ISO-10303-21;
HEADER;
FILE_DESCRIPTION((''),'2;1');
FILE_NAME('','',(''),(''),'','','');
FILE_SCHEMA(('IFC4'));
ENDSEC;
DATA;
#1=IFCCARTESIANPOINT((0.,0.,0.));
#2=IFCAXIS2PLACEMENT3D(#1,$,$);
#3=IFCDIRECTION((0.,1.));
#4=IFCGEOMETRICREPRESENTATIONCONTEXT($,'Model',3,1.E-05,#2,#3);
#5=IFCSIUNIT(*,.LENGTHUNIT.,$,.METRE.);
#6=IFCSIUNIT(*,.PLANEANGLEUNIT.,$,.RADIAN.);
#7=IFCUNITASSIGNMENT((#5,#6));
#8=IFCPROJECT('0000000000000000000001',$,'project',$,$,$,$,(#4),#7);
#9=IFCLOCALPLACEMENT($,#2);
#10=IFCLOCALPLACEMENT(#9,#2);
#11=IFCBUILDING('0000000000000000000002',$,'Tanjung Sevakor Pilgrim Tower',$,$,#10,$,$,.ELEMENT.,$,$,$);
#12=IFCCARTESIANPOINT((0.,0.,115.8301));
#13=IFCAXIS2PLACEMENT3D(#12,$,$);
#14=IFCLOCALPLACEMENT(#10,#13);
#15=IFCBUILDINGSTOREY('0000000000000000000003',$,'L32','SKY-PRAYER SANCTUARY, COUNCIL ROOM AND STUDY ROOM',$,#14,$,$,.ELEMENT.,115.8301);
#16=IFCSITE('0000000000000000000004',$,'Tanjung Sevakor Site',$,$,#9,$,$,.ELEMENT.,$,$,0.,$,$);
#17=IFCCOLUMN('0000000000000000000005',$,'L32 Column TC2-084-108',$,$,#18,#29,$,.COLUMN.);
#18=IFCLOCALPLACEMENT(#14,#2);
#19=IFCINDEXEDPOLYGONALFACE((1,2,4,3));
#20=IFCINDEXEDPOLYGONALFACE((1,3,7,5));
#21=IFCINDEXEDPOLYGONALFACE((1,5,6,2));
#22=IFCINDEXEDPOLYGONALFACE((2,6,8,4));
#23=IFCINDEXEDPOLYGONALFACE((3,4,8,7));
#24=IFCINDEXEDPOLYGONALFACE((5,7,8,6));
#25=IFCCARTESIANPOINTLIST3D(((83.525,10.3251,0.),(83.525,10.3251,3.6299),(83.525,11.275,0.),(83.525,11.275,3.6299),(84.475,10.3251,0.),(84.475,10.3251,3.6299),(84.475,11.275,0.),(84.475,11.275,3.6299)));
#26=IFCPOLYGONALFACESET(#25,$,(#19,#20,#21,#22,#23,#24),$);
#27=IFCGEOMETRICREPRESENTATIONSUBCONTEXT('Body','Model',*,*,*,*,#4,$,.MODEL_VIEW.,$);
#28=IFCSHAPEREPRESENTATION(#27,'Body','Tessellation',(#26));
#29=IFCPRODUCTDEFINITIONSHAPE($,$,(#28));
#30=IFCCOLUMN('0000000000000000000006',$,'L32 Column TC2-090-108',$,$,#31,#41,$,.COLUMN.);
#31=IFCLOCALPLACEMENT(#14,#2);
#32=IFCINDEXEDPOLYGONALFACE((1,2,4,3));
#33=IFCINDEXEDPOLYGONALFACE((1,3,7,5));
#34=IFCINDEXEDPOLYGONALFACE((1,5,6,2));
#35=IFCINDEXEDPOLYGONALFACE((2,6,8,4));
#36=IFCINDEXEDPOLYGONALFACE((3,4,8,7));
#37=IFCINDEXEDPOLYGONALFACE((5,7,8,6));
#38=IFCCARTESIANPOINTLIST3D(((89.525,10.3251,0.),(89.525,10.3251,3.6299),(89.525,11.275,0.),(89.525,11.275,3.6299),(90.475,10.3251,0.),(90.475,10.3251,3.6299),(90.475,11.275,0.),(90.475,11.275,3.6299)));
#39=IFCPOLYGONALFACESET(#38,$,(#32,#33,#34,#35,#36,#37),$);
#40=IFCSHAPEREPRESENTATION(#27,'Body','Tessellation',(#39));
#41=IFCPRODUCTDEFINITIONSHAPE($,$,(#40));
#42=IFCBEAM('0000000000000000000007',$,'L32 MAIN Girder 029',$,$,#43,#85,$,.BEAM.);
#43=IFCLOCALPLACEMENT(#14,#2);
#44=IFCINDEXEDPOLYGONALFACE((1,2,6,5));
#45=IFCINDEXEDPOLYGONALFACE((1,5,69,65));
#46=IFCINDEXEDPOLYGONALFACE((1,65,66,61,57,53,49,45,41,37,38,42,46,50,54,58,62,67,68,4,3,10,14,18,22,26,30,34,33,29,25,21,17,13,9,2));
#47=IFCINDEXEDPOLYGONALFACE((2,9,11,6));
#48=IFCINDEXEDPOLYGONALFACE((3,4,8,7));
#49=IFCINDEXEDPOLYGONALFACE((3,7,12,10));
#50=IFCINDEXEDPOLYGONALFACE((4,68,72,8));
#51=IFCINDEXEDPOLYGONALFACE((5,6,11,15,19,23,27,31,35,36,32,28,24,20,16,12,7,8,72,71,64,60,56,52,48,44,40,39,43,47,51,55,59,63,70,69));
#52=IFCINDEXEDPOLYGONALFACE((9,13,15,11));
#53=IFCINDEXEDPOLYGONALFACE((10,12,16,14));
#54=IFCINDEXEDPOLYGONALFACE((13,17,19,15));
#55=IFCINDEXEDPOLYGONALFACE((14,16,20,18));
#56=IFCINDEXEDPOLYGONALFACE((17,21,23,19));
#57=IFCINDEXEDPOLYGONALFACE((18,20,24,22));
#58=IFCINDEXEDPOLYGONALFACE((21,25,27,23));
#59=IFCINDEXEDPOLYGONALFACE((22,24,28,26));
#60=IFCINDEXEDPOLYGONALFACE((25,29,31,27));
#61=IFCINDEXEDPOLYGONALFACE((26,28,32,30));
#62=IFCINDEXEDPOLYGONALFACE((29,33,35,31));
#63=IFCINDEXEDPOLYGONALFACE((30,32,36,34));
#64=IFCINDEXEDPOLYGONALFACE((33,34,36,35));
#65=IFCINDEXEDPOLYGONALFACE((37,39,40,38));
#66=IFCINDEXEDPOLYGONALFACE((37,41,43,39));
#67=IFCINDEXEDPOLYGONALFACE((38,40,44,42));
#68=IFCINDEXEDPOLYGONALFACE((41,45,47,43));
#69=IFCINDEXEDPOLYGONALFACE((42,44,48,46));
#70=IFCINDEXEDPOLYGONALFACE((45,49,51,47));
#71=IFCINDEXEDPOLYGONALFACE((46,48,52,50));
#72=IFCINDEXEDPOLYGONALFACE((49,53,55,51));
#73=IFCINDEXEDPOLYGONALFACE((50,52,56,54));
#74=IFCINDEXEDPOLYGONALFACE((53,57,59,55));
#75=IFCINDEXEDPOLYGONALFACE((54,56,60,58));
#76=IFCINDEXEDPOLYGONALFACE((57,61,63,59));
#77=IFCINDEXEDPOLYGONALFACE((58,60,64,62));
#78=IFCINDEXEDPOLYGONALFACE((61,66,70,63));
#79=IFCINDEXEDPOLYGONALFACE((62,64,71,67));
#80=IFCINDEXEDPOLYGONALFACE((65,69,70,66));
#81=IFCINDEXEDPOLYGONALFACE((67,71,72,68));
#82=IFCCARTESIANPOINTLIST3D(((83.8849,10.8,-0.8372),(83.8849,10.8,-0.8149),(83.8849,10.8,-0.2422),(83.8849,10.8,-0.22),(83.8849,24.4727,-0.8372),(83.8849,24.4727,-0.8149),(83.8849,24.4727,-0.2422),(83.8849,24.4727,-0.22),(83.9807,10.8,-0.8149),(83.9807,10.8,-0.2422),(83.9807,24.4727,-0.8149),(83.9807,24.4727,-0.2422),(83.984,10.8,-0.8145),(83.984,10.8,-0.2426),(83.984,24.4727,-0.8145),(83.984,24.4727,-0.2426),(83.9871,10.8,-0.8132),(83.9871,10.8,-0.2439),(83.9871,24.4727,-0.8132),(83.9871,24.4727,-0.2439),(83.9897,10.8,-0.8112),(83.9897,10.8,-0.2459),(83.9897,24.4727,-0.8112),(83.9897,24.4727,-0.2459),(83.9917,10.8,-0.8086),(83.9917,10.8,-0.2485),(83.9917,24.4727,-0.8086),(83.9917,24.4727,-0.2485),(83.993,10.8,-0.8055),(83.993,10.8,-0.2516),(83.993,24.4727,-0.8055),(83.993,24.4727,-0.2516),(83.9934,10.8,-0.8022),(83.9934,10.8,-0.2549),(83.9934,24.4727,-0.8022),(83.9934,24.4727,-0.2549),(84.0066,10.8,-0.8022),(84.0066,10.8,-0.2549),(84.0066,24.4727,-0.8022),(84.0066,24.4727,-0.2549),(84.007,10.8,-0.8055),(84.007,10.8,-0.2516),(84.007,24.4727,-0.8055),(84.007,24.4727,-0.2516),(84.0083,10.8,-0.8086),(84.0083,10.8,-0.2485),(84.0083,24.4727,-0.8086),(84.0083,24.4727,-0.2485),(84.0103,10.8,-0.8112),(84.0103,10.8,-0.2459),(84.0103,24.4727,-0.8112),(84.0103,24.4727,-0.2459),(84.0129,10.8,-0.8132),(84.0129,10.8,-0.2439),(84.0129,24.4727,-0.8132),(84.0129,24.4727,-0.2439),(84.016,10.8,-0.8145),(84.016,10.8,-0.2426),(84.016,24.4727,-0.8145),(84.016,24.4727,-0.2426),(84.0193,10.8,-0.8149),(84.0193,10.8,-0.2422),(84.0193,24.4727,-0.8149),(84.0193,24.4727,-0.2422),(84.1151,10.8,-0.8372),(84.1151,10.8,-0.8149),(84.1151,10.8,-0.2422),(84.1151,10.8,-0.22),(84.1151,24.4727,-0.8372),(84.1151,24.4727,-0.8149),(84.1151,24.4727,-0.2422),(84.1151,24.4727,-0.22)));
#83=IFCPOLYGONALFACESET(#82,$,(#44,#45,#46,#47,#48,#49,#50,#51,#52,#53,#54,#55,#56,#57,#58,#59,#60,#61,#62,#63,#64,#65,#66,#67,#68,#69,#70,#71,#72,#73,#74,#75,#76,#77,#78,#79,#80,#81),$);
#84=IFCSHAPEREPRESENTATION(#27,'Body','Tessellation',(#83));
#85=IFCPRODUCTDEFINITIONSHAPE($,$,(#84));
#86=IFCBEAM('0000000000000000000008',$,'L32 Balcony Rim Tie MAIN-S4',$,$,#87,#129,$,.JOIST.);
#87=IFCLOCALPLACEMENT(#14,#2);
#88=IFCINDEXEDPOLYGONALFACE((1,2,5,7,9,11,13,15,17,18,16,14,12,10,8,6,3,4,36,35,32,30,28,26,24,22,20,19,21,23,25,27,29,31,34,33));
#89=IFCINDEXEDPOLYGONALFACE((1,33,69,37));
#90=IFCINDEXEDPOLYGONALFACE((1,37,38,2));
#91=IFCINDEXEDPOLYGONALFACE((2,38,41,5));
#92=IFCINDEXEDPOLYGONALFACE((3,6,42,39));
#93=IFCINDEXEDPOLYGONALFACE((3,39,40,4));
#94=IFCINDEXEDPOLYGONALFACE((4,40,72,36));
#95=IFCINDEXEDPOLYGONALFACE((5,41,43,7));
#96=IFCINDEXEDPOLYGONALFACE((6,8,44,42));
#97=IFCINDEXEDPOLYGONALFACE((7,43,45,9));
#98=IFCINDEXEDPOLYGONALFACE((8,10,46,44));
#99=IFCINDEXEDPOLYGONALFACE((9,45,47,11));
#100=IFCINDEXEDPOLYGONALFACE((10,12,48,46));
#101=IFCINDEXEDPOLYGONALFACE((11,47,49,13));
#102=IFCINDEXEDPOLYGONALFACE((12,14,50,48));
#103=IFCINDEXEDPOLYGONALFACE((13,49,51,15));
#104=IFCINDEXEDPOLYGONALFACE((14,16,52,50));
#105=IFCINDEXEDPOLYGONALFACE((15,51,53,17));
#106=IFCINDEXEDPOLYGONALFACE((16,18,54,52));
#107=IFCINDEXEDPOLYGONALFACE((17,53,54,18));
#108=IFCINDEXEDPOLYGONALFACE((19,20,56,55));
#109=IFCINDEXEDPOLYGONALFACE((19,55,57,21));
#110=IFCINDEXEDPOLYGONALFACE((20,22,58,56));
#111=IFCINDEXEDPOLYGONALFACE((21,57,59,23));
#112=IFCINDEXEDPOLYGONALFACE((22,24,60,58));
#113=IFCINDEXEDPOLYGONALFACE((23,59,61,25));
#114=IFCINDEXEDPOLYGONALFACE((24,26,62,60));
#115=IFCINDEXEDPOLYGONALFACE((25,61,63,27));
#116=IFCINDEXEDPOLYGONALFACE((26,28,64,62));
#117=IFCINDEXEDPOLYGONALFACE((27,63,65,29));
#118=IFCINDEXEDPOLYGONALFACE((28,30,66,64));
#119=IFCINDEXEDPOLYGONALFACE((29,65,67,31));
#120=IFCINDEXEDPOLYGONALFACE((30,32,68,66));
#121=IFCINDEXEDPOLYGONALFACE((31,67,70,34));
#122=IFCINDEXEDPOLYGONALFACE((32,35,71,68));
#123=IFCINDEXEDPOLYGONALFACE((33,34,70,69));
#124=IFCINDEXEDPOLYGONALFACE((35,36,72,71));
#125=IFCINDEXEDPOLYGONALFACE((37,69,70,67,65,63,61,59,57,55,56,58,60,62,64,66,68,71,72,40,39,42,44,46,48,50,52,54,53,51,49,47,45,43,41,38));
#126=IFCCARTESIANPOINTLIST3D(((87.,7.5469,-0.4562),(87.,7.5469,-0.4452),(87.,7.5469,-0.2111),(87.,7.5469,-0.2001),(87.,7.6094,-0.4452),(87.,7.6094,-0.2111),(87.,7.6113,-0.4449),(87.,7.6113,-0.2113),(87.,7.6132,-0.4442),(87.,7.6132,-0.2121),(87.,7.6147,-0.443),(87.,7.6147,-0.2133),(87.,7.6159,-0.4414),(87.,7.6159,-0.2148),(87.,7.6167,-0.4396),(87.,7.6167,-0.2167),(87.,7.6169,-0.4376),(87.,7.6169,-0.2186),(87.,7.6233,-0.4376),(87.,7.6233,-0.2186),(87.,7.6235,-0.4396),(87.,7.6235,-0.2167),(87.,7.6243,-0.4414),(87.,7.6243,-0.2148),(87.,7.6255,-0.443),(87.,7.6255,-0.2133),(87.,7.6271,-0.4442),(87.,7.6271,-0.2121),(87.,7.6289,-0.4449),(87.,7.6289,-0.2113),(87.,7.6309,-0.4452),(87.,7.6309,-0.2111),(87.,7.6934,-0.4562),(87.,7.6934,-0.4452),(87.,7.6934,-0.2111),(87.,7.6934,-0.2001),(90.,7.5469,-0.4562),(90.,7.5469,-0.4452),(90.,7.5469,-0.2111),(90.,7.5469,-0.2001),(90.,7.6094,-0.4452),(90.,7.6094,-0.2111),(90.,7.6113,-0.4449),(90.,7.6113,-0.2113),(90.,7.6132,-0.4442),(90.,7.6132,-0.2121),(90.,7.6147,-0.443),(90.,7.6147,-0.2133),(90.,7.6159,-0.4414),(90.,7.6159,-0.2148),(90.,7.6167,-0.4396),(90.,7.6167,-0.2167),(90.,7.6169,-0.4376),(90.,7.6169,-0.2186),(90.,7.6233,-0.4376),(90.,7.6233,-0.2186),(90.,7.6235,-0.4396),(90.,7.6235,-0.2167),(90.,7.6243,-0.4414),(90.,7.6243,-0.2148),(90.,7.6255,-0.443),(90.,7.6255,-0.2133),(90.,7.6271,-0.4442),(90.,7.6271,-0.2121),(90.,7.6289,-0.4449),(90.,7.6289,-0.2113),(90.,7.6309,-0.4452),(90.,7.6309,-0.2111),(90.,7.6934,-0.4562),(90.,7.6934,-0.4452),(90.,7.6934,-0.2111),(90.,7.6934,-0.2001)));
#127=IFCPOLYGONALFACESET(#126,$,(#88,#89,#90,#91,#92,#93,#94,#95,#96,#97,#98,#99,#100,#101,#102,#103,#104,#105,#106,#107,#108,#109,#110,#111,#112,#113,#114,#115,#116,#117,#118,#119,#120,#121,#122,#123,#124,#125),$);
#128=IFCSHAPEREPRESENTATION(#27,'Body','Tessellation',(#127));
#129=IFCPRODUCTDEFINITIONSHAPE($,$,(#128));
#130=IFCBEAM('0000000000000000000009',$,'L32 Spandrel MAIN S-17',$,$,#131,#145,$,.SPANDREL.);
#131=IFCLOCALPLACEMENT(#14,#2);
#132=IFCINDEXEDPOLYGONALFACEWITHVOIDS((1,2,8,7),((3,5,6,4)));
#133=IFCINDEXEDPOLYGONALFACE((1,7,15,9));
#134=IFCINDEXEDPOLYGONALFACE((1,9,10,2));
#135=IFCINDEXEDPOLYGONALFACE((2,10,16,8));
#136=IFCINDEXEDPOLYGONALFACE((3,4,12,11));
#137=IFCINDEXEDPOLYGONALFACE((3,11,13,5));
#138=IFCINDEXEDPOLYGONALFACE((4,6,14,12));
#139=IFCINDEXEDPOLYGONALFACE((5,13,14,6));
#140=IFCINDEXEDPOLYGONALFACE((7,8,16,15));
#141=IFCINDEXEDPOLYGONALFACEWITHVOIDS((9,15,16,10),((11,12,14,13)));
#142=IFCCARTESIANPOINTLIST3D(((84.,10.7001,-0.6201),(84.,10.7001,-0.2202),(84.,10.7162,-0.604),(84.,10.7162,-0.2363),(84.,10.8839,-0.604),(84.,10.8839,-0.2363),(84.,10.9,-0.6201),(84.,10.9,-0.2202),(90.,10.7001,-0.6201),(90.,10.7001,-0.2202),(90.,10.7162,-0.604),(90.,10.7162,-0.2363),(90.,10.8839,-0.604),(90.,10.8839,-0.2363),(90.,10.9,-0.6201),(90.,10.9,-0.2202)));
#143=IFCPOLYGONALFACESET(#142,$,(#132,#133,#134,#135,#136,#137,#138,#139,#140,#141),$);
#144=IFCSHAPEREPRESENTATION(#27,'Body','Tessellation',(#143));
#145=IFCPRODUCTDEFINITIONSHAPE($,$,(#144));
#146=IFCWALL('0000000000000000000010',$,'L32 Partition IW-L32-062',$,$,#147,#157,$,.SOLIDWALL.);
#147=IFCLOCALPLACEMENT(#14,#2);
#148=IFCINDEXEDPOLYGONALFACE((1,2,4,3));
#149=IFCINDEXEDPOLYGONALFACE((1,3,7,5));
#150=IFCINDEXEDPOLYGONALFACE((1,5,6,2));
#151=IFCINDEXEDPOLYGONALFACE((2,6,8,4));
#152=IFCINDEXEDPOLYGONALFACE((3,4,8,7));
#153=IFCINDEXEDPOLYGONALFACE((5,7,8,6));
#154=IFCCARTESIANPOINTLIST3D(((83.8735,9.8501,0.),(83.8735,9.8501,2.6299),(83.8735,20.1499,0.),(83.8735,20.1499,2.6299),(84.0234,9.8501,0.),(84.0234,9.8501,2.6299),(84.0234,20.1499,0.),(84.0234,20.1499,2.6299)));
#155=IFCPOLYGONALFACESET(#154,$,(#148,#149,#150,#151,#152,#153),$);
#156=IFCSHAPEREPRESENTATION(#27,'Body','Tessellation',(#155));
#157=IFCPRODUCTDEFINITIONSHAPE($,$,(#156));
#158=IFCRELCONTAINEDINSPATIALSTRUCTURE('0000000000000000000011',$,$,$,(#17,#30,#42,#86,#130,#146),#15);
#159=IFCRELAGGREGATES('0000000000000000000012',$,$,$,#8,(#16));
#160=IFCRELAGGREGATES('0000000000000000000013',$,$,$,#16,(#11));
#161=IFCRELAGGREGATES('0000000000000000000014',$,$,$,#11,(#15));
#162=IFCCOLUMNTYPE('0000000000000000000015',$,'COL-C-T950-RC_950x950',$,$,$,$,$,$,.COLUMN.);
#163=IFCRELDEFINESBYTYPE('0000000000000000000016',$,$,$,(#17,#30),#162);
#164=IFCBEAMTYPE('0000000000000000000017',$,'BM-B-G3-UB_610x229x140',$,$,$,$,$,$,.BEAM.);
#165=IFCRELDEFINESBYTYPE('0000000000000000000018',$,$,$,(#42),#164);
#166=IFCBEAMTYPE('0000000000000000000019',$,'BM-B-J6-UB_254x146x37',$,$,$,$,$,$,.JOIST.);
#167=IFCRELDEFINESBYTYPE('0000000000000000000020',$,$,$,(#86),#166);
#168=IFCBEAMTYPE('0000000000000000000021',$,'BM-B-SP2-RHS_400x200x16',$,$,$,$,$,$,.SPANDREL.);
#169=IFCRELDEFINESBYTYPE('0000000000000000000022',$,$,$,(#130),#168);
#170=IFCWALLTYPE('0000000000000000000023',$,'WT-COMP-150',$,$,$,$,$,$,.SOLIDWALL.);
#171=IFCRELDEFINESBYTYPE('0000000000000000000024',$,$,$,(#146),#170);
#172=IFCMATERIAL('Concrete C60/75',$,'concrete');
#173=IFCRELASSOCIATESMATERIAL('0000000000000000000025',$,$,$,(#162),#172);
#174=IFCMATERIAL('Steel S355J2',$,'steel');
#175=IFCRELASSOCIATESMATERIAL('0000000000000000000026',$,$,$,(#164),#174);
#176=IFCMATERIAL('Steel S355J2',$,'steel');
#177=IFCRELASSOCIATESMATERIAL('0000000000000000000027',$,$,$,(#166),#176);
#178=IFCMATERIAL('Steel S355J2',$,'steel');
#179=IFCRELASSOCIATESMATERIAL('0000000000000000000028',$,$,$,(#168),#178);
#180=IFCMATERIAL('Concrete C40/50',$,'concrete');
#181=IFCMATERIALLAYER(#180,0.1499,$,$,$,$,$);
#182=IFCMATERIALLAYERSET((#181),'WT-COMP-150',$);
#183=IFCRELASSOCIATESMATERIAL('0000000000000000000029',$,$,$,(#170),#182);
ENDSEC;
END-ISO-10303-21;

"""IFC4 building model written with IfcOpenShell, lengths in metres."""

from ifc_helpers import new_model, si_unit, direction, frame, frame_2d, origin, origin_2d, place, context, subcontext, project, spatial, rectangle, hollow_rectangle, i_section, extrude, material, layer, layer_set, material_profile, profile_set, type_object, element, save


model = new_model("IFC4")

# Units and contexts
model_context = context("Model", 3, precision=1e-05, world=origin(), true_north=direction((0.0, 1.0)))
body_context = subcontext(model_context, "Body", "Model", "MODEL_VIEW")
ifc_project = project(units=[si_unit("LENGTHUNIT", "METRE"), si_unit("PLANEANGLEUNIT", "RADIAN")], contexts=[model_context])

# Site, building, storey
site_placement = place(None, origin())
site = spatial("IfcSite", under=ifc_project, at=site_placement, Name="Tanjung Sevakor Site", CompositionType="ELEMENT", RefElevation=0.0)
building_placement = place(site_placement, origin())
building = spatial("IfcBuilding", under=site, at=building_placement, Name="Tanjung Sevakor Pilgrim Tower", CompositionType="ELEMENT")
storey_placement = place(building_placement, frame((0.0, 0.0, 115.8301)))
storey = spatial("IfcBuildingStorey", under=building, at=storey_placement, Name="L32", Description="SKY-PRAYER SANCTUARY, COUNCIL ROOM AND STUDY ROOM", CompositionType="ELEMENT", Elevation=115.8301)

# Columns
ifc_material_1 = material(Name="Concrete C60/75", Category="concrete")
ifc_material_profile_1 = material_profile(ifc_material_1, rectangle(XDim=0.95, YDim=0.95, at=origin_2d()))
ifc_profile_set_1 = profile_set([ifc_material_profile_1], Name="Concrete C60/75")
column_type = type_object("IfcColumnType", Name="COL-C-T950-RC_950x950", PredefinedType="COLUMN", material=ifc_profile_set_1)
for number, where, z_axis, x_axis, name in (
    (1, (84.0, 10.8, 0.0), (0.0, 0.0, 1.0), (1.0, 0.0, 0.0), "L32 Column TC2-084-108"),
    (2, (90.0, 10.8, 0.0), (0.0, 0.0, 1.0), (1.0, 0.0, 0.0), "L32 Column TC2-090-108"),
):
    element("IfcColumn", number, at=place(storey_placement, frame(where, z_axis=z_axis, x_axis=x_axis)), inside=storey, type_object=column_type, Name=name, PredefinedType="COLUMN", context=body_context, shape_type="SweptSolid", body=[
        extrude(rectangle(XDim=0.95, YDim=0.95, at=origin_2d()), origin(), (0.0, 0.0, 1.0), 3.6299),
    ])

# Beams
ifc_material_2 = material(Name="Steel S355J2", Category="steel")
ifc_material_profile_2 = material_profile(ifc_material_2, i_section(OverallWidth=0.2302, OverallDepth=0.6172, WebThickness=0.0132, FlangeThickness=0.0222, FilletRadius=0.0127, at=origin_2d()))
ifc_profile_set_2 = profile_set([ifc_material_profile_2], Name="Steel S355J2")
beam_type_1 = type_object("IfcBeamType", Name="BM-B-G3-UB_610x229x140", PredefinedType="BEAM", material=ifc_profile_set_2)
beam_1_placement = place(storey_placement, frame((84.0, 10.8, -0.5286), z_axis=(0.0, 1.0, 0.0), x_axis=(-1.0, 0.0, 0.0)))
element("IfcBeam", 3, at=beam_1_placement, inside=storey, type_object=beam_type_1, Name="L32 MAIN Girder 029", PredefinedType="BEAM", context=body_context, shape_type="SweptSolid", body=[
    extrude(i_section(OverallWidth=0.2302, OverallDepth=0.6172, WebThickness=0.0132, FlangeThickness=0.0222, FilletRadius=0.0127, at=origin_2d()), origin(), (0.0, 0.0, 1.0), 13.6726),
])
ifc_material_3 = material(Name="Steel S355J2", Category="steel")
ifc_material_profile_3 = material_profile(ifc_material_3, i_section(OverallWidth=0.1465, OverallDepth=0.2561, WebThickness=0.0063, FlangeThickness=0.011, FilletRadius=0.0076, at=origin_2d()))
ifc_profile_set_3 = profile_set([ifc_material_profile_3], Name="Steel S355J2")
beam_type_2 = type_object("IfcBeamType", Name="BM-B-J6-UB_254x146x37", PredefinedType="JOIST", material=ifc_profile_set_3)
beam_2_placement = place(storey_placement, frame((87.0, 7.6201, -0.3281), z_axis=(1.0, 0.0, 0.0), x_axis=(0.0, 1.0, 0.0)))
element("IfcBeam", 4, at=beam_2_placement, inside=storey, type_object=beam_type_2, Name="L32 Balcony Rim Tie MAIN-S4", PredefinedType="JOIST", context=body_context, shape_type="SweptSolid", body=[
    extrude(i_section(OverallWidth=0.1465, OverallDepth=0.2561, WebThickness=0.0063, FlangeThickness=0.011, FilletRadius=0.0076, at=origin_2d()), origin(), (0.0, 0.0, 1.0), 3.0),
])
ifc_material_4 = material(Name="Steel S355J2", Category="steel")
ifc_material_profile_4 = material_profile(ifc_material_4, hollow_rectangle(XDim=0.2, YDim=0.3999, WallThickness=0.0161, at=origin_2d()))
ifc_profile_set_4 = profile_set([ifc_material_profile_4], Name="Steel S355J2")
beam_type_3 = type_object("IfcBeamType", Name="BM-B-SP2-RHS_400x200x16", PredefinedType="SPANDREL", material=ifc_profile_set_4)
beam_3_placement = place(storey_placement, frame((84.0, 10.8, -0.4202), z_axis=(1.0, 0.0, 0.0), x_axis=(0.0, 1.0, 0.0)))
element("IfcBeam", 5, at=beam_3_placement, inside=storey, type_object=beam_type_3, Name="L32 Spandrel MAIN S-17", PredefinedType="SPANDREL", context=body_context, shape_type="SweptSolid", body=[
    extrude(hollow_rectangle(XDim=0.2, YDim=0.3999, WallThickness=0.0161, at=origin_2d()), origin(), (0.0, 0.0, 1.0), 6.0),
])

# Wall
ifc_material_5 = material(Name="Concrete C40/50", Category="concrete")
ifc_layer_1 = layer(ifc_material_5, 0.1499)
ifc_layer_set_1 = layer_set([ifc_layer_1], Name="WT-COMP-150")
wall_type_1 = type_object("IfcWallType", Name="WT-COMP-150", PredefinedType="SOLIDWALL", material=ifc_layer_set_1)
wall_1_placement = place(storey_placement, frame((83.9485, 9.8501, 0.0), z_axis=(0.0, 0.0, 1.0), x_axis=(0.0, 1.0, 0.0)))
element("IfcWall", 6, at=wall_1_placement, inside=storey, type_object=wall_type_1, Name="L32 Partition IW-L32-062", PredefinedType="SOLIDWALL", context=body_context, shape_type="SweptSolid", body=[
    extrude(rectangle(XDim=10.2998, YDim=0.1499, at=frame_2d((5.1499, 0.0))), origin(), (0.0, 0.0, 1.0), 2.6299),
])

save(model, "model.ifc")
